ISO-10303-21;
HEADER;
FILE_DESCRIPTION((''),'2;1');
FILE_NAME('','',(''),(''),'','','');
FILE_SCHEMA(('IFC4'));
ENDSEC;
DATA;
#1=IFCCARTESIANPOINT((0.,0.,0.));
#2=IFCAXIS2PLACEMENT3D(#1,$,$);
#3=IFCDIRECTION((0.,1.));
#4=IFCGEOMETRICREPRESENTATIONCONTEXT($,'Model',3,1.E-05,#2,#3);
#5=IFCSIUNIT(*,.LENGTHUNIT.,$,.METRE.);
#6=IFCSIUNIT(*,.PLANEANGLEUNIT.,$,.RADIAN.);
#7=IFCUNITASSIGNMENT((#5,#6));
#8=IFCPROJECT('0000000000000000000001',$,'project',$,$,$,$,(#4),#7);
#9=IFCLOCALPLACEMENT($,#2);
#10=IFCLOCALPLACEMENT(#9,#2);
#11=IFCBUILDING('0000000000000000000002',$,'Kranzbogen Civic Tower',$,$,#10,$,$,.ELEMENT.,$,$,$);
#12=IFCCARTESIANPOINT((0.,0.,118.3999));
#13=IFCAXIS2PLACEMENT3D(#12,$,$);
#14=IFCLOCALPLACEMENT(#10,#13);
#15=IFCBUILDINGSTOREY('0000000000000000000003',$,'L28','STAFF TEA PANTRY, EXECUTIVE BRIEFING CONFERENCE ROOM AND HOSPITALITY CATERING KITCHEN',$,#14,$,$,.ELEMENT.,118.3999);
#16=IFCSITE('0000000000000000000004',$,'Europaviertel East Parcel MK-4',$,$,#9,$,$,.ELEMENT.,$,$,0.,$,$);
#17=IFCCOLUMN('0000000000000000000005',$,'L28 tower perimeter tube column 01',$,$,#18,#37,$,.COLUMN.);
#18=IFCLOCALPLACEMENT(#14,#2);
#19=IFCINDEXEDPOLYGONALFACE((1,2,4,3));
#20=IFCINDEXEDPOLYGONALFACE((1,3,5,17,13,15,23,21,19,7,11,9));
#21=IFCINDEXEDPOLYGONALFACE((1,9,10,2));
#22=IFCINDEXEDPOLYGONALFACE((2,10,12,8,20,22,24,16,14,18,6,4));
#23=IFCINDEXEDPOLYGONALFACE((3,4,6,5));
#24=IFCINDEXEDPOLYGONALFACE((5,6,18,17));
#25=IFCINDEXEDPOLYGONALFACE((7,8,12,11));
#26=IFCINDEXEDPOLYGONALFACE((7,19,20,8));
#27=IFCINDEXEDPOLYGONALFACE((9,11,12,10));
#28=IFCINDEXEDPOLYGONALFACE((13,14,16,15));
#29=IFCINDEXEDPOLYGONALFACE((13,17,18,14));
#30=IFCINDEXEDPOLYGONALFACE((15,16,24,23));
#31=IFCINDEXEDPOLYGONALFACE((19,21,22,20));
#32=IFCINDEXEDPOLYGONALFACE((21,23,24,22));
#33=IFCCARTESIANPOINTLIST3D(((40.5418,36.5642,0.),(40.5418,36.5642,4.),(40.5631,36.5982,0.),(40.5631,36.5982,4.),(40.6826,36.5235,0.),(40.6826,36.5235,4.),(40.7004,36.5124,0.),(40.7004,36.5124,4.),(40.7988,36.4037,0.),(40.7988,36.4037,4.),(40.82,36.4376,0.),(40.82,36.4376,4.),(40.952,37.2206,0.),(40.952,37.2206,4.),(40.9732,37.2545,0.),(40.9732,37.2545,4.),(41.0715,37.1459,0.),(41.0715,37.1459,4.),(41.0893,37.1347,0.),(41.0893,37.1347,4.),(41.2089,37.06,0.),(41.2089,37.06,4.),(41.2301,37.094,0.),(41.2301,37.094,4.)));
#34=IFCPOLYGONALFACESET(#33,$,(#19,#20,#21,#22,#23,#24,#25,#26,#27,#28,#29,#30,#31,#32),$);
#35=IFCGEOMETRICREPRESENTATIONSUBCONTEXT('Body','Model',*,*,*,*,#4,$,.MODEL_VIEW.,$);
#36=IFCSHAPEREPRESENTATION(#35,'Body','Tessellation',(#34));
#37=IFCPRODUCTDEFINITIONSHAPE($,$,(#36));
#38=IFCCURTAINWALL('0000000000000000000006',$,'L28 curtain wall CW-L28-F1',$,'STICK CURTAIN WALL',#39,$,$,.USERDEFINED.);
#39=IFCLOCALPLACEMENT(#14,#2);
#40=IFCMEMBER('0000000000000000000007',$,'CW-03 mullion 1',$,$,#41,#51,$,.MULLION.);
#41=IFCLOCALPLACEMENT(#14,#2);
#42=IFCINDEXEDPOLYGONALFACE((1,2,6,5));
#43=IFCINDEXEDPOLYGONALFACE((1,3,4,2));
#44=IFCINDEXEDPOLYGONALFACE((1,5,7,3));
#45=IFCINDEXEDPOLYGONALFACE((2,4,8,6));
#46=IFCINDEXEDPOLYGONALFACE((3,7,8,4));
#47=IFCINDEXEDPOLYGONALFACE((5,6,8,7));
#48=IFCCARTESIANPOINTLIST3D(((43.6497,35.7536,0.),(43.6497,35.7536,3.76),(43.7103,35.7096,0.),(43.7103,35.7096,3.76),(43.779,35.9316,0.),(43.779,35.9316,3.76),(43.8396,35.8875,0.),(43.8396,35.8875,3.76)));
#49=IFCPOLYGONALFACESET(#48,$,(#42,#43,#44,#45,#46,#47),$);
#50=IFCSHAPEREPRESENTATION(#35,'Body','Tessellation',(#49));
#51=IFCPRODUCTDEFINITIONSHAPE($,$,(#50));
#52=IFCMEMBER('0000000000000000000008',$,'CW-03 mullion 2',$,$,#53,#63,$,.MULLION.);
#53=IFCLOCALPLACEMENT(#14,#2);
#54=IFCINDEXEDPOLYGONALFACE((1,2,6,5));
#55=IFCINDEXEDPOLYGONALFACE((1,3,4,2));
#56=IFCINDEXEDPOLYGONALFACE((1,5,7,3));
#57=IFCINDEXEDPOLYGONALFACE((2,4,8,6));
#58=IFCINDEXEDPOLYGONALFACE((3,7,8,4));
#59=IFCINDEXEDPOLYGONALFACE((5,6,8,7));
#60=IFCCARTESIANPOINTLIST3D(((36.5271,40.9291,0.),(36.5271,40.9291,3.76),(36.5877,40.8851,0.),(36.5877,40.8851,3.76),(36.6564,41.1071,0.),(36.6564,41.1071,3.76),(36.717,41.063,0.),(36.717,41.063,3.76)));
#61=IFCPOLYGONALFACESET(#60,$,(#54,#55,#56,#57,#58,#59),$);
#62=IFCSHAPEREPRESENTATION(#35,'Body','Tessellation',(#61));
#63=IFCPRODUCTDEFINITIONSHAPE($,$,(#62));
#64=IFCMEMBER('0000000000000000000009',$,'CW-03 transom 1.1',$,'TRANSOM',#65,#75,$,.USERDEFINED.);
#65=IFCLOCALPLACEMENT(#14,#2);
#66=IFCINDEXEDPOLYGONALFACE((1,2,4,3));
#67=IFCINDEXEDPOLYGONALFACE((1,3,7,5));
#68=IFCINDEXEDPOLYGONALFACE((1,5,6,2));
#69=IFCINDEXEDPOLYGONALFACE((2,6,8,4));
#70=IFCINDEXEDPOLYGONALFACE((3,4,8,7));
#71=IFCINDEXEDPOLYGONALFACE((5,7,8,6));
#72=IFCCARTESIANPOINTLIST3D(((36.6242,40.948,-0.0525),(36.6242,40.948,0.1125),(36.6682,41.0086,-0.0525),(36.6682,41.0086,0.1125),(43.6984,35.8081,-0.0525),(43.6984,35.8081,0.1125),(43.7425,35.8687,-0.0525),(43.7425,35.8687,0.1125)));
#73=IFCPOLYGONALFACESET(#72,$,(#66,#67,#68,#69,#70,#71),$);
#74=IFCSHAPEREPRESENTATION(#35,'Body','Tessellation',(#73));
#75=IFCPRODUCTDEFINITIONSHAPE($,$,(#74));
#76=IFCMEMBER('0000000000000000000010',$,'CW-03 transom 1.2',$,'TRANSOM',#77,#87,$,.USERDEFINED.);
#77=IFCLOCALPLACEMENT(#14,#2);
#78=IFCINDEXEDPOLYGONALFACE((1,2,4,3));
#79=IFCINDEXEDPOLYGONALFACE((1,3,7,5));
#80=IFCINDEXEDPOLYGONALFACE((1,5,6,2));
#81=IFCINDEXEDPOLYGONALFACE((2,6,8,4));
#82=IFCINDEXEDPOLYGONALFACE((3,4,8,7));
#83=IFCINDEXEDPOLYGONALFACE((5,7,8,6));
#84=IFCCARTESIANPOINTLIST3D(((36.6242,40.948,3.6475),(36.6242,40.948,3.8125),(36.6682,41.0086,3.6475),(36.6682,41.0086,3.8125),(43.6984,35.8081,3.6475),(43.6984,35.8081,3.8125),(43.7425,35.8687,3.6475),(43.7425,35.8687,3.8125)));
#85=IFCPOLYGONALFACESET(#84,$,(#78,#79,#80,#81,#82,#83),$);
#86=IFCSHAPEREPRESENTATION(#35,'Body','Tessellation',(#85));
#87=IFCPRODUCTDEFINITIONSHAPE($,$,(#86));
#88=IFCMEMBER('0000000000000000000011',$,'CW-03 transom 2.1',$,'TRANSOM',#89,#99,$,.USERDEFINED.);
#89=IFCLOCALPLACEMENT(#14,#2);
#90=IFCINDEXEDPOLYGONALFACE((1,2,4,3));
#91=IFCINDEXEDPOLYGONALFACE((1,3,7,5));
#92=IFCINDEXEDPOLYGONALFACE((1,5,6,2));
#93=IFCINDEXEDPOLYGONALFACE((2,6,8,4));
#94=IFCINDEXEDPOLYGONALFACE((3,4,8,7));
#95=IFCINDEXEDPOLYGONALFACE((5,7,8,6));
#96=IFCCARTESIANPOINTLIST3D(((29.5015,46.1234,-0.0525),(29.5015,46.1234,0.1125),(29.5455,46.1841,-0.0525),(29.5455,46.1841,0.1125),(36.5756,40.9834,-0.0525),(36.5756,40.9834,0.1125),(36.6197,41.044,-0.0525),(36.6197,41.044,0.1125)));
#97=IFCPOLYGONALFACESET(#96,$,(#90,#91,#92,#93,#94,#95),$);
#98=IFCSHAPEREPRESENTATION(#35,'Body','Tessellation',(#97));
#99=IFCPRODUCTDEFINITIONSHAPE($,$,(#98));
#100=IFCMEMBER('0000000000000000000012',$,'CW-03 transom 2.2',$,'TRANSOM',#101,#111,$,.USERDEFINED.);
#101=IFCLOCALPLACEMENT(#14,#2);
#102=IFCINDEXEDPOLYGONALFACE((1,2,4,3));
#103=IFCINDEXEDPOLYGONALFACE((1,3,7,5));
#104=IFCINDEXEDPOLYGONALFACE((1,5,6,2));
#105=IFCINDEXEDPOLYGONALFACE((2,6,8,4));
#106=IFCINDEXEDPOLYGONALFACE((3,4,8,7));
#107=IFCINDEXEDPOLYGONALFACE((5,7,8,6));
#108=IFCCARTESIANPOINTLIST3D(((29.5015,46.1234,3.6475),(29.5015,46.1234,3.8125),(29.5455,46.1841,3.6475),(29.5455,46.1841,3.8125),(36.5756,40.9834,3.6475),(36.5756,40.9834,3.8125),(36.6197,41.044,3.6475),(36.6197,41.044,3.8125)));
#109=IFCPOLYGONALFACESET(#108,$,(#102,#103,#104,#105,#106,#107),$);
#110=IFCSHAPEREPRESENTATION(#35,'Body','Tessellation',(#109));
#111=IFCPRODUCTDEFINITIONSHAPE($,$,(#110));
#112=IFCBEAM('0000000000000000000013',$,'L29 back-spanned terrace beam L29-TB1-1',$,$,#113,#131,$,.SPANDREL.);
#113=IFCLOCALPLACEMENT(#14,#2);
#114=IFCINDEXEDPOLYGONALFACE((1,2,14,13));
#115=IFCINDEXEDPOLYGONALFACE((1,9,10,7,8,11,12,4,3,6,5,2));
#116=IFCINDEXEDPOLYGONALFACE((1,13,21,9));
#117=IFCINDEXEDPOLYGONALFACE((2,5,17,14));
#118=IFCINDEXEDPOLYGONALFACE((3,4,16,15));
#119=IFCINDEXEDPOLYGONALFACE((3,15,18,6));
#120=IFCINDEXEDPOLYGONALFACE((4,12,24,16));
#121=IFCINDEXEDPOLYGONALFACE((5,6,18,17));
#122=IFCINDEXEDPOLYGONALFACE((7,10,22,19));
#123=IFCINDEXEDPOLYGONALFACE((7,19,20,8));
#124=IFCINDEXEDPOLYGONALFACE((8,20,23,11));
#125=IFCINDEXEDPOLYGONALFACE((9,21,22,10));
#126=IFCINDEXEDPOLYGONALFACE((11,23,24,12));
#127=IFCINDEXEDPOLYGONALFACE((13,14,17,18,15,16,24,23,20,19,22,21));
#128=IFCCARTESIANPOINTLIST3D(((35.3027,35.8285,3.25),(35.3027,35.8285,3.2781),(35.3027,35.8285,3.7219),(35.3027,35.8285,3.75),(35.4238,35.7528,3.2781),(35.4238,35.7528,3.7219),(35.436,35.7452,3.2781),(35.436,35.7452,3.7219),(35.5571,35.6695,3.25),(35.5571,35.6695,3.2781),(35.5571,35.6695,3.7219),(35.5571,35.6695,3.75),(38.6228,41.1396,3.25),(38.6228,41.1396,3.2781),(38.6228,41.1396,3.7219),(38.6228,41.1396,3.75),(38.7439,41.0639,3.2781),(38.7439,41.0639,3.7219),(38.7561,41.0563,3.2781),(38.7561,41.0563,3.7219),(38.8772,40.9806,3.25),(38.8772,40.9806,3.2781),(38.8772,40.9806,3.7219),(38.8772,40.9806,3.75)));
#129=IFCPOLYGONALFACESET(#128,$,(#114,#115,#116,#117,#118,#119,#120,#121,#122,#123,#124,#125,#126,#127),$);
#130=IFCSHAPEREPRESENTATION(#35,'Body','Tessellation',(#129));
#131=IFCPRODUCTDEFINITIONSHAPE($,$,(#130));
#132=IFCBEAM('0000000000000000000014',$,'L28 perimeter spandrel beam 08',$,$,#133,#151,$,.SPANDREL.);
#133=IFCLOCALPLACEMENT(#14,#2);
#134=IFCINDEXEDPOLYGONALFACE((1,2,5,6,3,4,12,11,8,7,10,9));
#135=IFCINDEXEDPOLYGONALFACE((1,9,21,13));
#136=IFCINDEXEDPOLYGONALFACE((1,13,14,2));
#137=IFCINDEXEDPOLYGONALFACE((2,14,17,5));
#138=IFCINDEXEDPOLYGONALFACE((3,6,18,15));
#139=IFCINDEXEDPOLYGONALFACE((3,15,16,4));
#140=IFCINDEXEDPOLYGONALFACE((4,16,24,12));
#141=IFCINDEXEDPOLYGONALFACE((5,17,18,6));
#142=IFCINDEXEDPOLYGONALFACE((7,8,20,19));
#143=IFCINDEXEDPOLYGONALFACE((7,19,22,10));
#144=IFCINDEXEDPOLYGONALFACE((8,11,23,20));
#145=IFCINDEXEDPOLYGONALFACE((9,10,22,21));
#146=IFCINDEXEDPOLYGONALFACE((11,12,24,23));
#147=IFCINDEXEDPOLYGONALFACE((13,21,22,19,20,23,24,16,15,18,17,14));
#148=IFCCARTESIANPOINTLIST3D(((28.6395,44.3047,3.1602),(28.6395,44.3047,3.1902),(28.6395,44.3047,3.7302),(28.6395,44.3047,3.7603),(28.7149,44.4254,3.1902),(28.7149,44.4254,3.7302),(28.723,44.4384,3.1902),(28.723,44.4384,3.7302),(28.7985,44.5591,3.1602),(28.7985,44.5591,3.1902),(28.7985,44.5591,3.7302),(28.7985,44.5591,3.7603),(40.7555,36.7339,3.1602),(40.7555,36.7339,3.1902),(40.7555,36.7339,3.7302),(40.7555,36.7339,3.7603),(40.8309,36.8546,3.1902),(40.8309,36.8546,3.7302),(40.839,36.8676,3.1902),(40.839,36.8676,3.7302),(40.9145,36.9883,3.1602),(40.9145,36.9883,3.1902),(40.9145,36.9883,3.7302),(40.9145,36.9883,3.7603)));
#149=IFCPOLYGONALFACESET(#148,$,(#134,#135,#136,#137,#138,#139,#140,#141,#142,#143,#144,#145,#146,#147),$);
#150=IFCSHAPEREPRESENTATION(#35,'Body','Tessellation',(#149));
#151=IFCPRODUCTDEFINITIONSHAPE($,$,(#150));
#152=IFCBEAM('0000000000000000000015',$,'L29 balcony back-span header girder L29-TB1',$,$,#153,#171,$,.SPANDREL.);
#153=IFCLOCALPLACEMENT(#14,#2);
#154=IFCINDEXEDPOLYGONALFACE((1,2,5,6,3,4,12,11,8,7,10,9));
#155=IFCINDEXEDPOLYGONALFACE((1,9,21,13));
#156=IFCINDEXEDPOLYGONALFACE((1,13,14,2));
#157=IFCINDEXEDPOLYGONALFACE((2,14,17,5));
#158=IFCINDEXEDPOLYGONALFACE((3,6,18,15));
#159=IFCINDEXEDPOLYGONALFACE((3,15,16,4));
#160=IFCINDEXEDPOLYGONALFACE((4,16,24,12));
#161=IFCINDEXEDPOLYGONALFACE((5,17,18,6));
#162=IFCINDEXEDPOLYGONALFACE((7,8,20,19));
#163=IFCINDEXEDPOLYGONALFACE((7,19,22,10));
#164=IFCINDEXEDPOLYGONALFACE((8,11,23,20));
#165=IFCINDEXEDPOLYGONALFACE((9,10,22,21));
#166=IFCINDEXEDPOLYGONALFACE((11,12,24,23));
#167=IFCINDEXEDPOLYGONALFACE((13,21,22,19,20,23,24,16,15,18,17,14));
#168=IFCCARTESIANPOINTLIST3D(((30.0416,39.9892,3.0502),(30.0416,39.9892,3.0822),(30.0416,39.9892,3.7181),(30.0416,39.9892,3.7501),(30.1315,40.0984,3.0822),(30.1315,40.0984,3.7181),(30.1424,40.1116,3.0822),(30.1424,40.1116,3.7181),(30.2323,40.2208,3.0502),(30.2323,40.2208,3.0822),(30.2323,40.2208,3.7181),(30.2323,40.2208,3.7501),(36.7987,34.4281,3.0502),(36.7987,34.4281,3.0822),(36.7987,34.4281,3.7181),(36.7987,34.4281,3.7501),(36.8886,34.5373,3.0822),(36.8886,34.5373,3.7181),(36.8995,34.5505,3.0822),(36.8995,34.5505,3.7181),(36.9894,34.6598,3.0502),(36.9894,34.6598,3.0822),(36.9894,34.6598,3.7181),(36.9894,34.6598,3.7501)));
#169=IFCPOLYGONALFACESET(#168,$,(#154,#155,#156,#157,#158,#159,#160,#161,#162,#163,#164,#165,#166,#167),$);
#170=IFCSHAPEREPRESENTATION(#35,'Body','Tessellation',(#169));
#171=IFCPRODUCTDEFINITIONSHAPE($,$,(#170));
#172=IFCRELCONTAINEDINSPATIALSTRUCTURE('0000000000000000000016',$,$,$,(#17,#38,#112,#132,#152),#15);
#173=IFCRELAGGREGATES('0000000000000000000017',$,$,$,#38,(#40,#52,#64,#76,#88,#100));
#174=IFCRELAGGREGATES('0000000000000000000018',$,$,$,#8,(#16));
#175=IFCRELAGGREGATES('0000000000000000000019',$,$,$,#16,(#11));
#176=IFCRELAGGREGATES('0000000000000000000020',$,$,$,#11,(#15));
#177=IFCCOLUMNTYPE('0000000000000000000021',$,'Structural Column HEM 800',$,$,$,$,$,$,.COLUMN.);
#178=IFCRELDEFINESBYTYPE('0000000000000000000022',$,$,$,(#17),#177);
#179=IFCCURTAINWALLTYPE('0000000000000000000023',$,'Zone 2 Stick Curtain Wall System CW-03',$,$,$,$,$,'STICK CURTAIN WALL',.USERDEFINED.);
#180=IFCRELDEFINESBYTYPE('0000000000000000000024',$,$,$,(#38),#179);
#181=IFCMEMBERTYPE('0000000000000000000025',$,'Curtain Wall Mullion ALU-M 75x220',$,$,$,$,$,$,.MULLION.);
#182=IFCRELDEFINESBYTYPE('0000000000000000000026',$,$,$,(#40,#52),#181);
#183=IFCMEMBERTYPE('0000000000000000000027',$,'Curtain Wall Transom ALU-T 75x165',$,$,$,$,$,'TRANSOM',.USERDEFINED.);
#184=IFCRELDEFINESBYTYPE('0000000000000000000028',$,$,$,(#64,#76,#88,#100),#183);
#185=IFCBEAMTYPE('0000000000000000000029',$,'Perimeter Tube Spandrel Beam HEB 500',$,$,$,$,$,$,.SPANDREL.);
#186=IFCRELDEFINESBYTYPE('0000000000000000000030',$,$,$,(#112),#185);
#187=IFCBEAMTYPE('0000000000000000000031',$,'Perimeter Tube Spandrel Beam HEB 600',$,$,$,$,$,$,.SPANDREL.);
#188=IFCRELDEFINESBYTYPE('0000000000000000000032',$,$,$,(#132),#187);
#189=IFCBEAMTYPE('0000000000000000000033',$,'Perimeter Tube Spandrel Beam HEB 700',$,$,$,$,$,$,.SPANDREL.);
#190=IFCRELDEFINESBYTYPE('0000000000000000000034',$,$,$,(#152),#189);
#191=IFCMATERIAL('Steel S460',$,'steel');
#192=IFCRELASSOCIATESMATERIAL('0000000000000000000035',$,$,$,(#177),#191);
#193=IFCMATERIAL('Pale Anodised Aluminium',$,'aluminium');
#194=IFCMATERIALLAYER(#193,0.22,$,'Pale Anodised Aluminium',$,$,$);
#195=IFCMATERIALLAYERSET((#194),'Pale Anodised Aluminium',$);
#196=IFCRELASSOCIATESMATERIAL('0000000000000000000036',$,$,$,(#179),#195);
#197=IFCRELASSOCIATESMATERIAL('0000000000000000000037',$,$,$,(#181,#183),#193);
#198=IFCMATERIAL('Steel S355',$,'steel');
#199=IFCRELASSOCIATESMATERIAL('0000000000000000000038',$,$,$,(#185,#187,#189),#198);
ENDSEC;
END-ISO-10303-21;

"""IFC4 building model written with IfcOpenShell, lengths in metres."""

from ifc_helpers import new_model, si_unit, direction, frame, origin, origin_2d, place, context, subcontext, project, spatial, rectangle, i_section, extrude, material, layer, layer_set, material_profile, profile_set, type_object, element, aggregate, save


model = new_model("IFC4")

# Units and contexts
model_context = context("Model", 3, precision=1e-05, world=origin(), true_north=direction((0.0, 1.0)))
body_context = subcontext(model_context, "Body", "Model", "MODEL_VIEW")
ifc_project = project(units=[si_unit("LENGTHUNIT", "METRE"), si_unit("PLANEANGLEUNIT", "RADIAN")], contexts=[model_context])

# Site, building, storey
site_placement = place(None, origin())
site = spatial("IfcSite", under=ifc_project, at=site_placement, Name="Europaviertel East Parcel MK-4", CompositionType="ELEMENT", RefElevation=0.0)
building_placement = place(site_placement, origin())
building = spatial("IfcBuilding", under=site, at=building_placement, Name="Kranzbogen Civic Tower", CompositionType="ELEMENT")
storey_placement = place(building_placement, frame((0.0, 0.0, 118.3999)))
storey = spatial("IfcBuildingStorey", under=building, at=storey_placement, Name="L28", Description="STAFF TEA PANTRY, EXECUTIVE BRIEFING CONFERENCE ROOM AND HOSPITALITY CATERING KITCHEN", CompositionType="ELEMENT", Elevation=118.3999)

# Column
ifc_material_1 = material(Name="Steel S460", Category="steel")
ifc_material_profile_1 = material_profile(ifc_material_1, i_section(OverallWidth=0.303, OverallDepth=0.814, WebThickness=0.021, FlangeThickness=0.04, at=origin_2d()), Name="HEM 800")
ifc_profile_set_1 = profile_set([ifc_material_profile_1], Name="Steel S460")
column_type = type_object("IfcColumnType", Name="Structural Column HEM 800", PredefinedType="COLUMN", material=ifc_profile_set_1)
column_placement = place(storey_placement, frame((40.886, 36.8291, 0.0), z_axis=(0.0, 0.0, 1.0), x_axis=(-0.848048, 0.529919, 0.0)))
element("IfcColumn", 1, at=column_placement, inside=storey, type_object=column_type, Name="L28 tower perimeter tube column 01", PredefinedType="COLUMN", context=body_context, shape_type="SweptSolid", body=[
    extrude(i_section(OverallWidth=0.303, OverallDepth=0.814, WebThickness=0.021, FlangeThickness=0.04, at=origin_2d()), origin(), (0.0, 0.0, 1.0), 4.0),
])

# Curtain wall, members
ifc_material_2 = material(Name="Pale Anodised Aluminium", Category="aluminium")
ifc_layer_1 = layer(ifc_material_2, 0.22, Name="Pale Anodised Aluminium")
ifc_layer_set_1 = layer_set([ifc_layer_1], Name="Pale Anodised Aluminium")
curtain_wall_type = type_object("IfcCurtainWallType", Name="Zone 2 Stick Curtain Wall System CW-03", ElementType="STICK CURTAIN WALL", PredefinedType="USERDEFINED", material=ifc_layer_set_1)
curtain_wall_placement = place(storey_placement, origin())
curtain_wall = element("IfcCurtainWall", 2, at=curtain_wall_placement, inside=storey, type_object=curtain_wall_type, Name="L28 curtain wall CW-L28-F1", ObjectType="STICK CURTAIN WALL", PredefinedType="USERDEFINED")
ifc_material_profile_2 = material_profile(ifc_material_2, rectangle(XDim=0.075, YDim=0.22, at=origin_2d()), Name="ALU-M 75x220")
ifc_profile_set_2 = profile_set([ifc_material_profile_2], Name="Pale Anodised Aluminium")
member_type_1 = type_object("IfcMemberType", Name="Curtain Wall Mullion ALU-M 75x220", PredefinedType="MULLION", material=ifc_profile_set_2)
member_1_placement = place(storey_placement, frame((43.7446, 35.8206, 0.0), z_axis=(0.0, 0.0, 1.0), x_axis=(-0.808995, 0.587815, 0.0)))
member_1 = element("IfcMember", 3, at=member_1_placement, type_object=member_type_1, Name="CW-03 mullion 1", PredefinedType="MULLION", context=body_context, shape_type="SweptSolid", body=[
    extrude(rectangle(XDim=0.075, YDim=0.22, at=origin_2d()), origin(), (0.0, 0.0, 1.0), 3.76),
])
member_2_placement = place(storey_placement, frame((36.6221, 40.9961, 0.0), z_axis=(0.0, 0.0, 1.0), x_axis=(-0.808995, 0.587815, 0.0)))
member_2 = element("IfcMember", 4, at=member_2_placement, type_object=member_type_1, Name="CW-03 mullion 2", PredefinedType="MULLION", context=body_context, shape_type="SweptSolid", body=[
    extrude(rectangle(XDim=0.075, YDim=0.22, at=origin_2d()), origin(), (0.0, 0.0, 1.0), 3.76),
])
ifc_material_profile_3 = material_profile(ifc_material_2, rectangle(XDim=0.075, YDim=0.165, at=origin_2d()), Name="ALU-T 75x165")
ifc_profile_set_3 = profile_set([ifc_material_profile_3], Name="Pale Anodised Aluminium")
member_type_2 = type_object("IfcMemberType", Name="Curtain Wall Transom ALU-T 75x165", ElementType="TRANSOM", PredefinedType="USERDEFINED", material=ifc_profile_set_3)
member_3_placement = place(storey_placement, frame((43.7205, 35.8384, 0.03), z_axis=(-0.809008, 0.587798, 0.0), x_axis=(-0.587798, -0.809008, 0.0)))
member_3 = element("IfcMember", 5, at=member_3_placement, type_object=member_type_2, Name="CW-03 transom 1.1", ObjectType="TRANSOM", PredefinedType="USERDEFINED", context=body_context, shape_type="SweptSolid", body=[
    extrude(rectangle(XDim=0.075, YDim=0.165, at=origin_2d()), origin(), (0.0, 0.0, 1.0), 8.7444),
])
member_4_placement = place(storey_placement, frame((43.7205, 35.8384, 3.73), z_axis=(-0.809008, 0.587798, 0.0), x_axis=(-0.587798, -0.809008, 0.0)))
member_4 = element("IfcMember", 6, at=member_4_placement, type_object=member_type_2, Name="CW-03 transom 1.2", ObjectType="TRANSOM", PredefinedType="USERDEFINED", context=body_context, shape_type="SweptSolid", body=[
    extrude(rectangle(XDim=0.075, YDim=0.165, at=origin_2d()), origin(), (0.0, 0.0, 1.0), 8.7444),
])
member_5_placement = place(storey_placement, frame((36.5977, 41.0137, 0.03), z_axis=(-0.808994, 0.587816, 0.0), x_axis=(-0.587816, -0.808994, 0.0)))
member_5 = element("IfcMember", 7, at=member_5_placement, type_object=member_type_2, Name="CW-03 transom 2.1", ObjectType="TRANSOM", PredefinedType="USERDEFINED", context=body_context, shape_type="SweptSolid", body=[
    extrude(rectangle(XDim=0.075, YDim=0.165, at=origin_2d()), origin(), (0.0, 0.0, 1.0), 8.7444),
])
member_6_placement = place(storey_placement, frame((36.5977, 41.0137, 3.73), z_axis=(-0.808994, 0.587816, 0.0), x_axis=(-0.587816, -0.808994, 0.0)))
member_6 = element("IfcMember", 8, at=member_6_placement, type_object=member_type_2, Name="CW-03 transom 2.2", ObjectType="TRANSOM", PredefinedType="USERDEFINED", context=body_context, shape_type="SweptSolid", body=[
    extrude(rectangle(XDim=0.075, YDim=0.165, at=origin_2d()), origin(), (0.0, 0.0, 1.0), 8.7444),
])

# Beams
ifc_material_3 = material(Name="Steel S355", Category="steel")
ifc_material_profile_4 = material_profile(ifc_material_3, i_section(OverallWidth=0.3, OverallDepth=0.5, WebThickness=0.0144, FlangeThickness=0.0281, at=origin_2d()), Name="HEB 500")
ifc_profile_set_4 = profile_set([ifc_material_profile_4], Name="Steel S355")
beam_type_1 = type_object("IfcBeamType", Name="Perimeter Tube Spandrel Beam HEB 500", PredefinedType="SPANDREL", material=ifc_profile_set_4)
beam_1_placement = place(storey_placement, frame((35.4299, 35.749, 3.5), z_axis=(0.530076, 0.84795, 0.0), x_axis=(-0.84795, 0.530076, 0.0)))
element("IfcBeam", 9, at=beam_1_placement, inside=storey, type_object=beam_type_1, Name="L29 back-spanned terrace beam L29-TB1-1", PredefinedType="SPANDREL", context=body_context, shape_type="SweptSolid", body=[
    extrude(i_section(OverallWidth=0.3, OverallDepth=0.5, WebThickness=0.0144, FlangeThickness=0.0281, at=origin_2d()), origin(), (0.0, 0.0, 1.0), 6.2634),
])
ifc_material_profile_5 = material_profile(ifc_material_3, i_section(OverallWidth=0.3, OverallDepth=0.6001, WebThickness=0.0154, FlangeThickness=0.03, at=origin_2d()), Name="HEB 600")
ifc_profile_set_5 = profile_set([ifc_material_profile_5], Name="Steel S355")
beam_type_2 = type_object("IfcBeamType", Name="Perimeter Tube Spandrel Beam HEB 600", PredefinedType="SPANDREL", material=ifc_profile_set_5)
beam_2_placement = place(storey_placement, frame((40.835, 36.8611, 3.4602), z_axis=(-0.848051, 0.529914, 0.0), x_axis=(-0.529914, -0.848051, 0.0)))
element("IfcBeam", 10, at=beam_2_placement, inside=storey, type_object=beam_type_2, Name="L28 perimeter spandrel beam 08", PredefinedType="SPANDREL", context=body_context, shape_type="SweptSolid", body=[
    extrude(i_section(OverallWidth=0.3, OverallDepth=0.6001, WebThickness=0.0154, FlangeThickness=0.03, at=origin_2d()), origin(), (0.0, 0.0, 1.0), 14.2869),
])
ifc_material_profile_6 = material_profile(ifc_material_3, i_section(OverallWidth=0.3, OverallDepth=0.7, WebThickness=0.0171, FlangeThickness=0.032, at=origin_2d()), Name="HEB 700")
ifc_profile_set_6 = profile_set([ifc_material_profile_6], Name="Steel S355")
beam_type_3 = type_object("IfcBeamType", Name="Perimeter Tube Spandrel Beam HEB 700", PredefinedType="SPANDREL", material=ifc_profile_set_6)
beam_3_placement = place(storey_placement, frame((36.894, 34.5439, 3.4001), z_axis=(-0.772133, 0.635461, 0.0), x_axis=(-0.635461, -0.772133, 0.0)))
element("IfcBeam", 11, at=beam_3_placement, inside=storey, type_object=beam_type_3, Name="L29 balcony back-span header girder L29-TB1", PredefinedType="SPANDREL", context=body_context, shape_type="SweptSolid", body=[
    extrude(i_section(OverallWidth=0.3, OverallDepth=0.7, WebThickness=0.0171, FlangeThickness=0.032, at=origin_2d()), origin(), (0.0, 0.0, 1.0), 8.7512),
])

aggregate(curtain_wall, [member_1, member_2, member_3, member_4, member_5, member_6])

save(model, "model.ifc")
